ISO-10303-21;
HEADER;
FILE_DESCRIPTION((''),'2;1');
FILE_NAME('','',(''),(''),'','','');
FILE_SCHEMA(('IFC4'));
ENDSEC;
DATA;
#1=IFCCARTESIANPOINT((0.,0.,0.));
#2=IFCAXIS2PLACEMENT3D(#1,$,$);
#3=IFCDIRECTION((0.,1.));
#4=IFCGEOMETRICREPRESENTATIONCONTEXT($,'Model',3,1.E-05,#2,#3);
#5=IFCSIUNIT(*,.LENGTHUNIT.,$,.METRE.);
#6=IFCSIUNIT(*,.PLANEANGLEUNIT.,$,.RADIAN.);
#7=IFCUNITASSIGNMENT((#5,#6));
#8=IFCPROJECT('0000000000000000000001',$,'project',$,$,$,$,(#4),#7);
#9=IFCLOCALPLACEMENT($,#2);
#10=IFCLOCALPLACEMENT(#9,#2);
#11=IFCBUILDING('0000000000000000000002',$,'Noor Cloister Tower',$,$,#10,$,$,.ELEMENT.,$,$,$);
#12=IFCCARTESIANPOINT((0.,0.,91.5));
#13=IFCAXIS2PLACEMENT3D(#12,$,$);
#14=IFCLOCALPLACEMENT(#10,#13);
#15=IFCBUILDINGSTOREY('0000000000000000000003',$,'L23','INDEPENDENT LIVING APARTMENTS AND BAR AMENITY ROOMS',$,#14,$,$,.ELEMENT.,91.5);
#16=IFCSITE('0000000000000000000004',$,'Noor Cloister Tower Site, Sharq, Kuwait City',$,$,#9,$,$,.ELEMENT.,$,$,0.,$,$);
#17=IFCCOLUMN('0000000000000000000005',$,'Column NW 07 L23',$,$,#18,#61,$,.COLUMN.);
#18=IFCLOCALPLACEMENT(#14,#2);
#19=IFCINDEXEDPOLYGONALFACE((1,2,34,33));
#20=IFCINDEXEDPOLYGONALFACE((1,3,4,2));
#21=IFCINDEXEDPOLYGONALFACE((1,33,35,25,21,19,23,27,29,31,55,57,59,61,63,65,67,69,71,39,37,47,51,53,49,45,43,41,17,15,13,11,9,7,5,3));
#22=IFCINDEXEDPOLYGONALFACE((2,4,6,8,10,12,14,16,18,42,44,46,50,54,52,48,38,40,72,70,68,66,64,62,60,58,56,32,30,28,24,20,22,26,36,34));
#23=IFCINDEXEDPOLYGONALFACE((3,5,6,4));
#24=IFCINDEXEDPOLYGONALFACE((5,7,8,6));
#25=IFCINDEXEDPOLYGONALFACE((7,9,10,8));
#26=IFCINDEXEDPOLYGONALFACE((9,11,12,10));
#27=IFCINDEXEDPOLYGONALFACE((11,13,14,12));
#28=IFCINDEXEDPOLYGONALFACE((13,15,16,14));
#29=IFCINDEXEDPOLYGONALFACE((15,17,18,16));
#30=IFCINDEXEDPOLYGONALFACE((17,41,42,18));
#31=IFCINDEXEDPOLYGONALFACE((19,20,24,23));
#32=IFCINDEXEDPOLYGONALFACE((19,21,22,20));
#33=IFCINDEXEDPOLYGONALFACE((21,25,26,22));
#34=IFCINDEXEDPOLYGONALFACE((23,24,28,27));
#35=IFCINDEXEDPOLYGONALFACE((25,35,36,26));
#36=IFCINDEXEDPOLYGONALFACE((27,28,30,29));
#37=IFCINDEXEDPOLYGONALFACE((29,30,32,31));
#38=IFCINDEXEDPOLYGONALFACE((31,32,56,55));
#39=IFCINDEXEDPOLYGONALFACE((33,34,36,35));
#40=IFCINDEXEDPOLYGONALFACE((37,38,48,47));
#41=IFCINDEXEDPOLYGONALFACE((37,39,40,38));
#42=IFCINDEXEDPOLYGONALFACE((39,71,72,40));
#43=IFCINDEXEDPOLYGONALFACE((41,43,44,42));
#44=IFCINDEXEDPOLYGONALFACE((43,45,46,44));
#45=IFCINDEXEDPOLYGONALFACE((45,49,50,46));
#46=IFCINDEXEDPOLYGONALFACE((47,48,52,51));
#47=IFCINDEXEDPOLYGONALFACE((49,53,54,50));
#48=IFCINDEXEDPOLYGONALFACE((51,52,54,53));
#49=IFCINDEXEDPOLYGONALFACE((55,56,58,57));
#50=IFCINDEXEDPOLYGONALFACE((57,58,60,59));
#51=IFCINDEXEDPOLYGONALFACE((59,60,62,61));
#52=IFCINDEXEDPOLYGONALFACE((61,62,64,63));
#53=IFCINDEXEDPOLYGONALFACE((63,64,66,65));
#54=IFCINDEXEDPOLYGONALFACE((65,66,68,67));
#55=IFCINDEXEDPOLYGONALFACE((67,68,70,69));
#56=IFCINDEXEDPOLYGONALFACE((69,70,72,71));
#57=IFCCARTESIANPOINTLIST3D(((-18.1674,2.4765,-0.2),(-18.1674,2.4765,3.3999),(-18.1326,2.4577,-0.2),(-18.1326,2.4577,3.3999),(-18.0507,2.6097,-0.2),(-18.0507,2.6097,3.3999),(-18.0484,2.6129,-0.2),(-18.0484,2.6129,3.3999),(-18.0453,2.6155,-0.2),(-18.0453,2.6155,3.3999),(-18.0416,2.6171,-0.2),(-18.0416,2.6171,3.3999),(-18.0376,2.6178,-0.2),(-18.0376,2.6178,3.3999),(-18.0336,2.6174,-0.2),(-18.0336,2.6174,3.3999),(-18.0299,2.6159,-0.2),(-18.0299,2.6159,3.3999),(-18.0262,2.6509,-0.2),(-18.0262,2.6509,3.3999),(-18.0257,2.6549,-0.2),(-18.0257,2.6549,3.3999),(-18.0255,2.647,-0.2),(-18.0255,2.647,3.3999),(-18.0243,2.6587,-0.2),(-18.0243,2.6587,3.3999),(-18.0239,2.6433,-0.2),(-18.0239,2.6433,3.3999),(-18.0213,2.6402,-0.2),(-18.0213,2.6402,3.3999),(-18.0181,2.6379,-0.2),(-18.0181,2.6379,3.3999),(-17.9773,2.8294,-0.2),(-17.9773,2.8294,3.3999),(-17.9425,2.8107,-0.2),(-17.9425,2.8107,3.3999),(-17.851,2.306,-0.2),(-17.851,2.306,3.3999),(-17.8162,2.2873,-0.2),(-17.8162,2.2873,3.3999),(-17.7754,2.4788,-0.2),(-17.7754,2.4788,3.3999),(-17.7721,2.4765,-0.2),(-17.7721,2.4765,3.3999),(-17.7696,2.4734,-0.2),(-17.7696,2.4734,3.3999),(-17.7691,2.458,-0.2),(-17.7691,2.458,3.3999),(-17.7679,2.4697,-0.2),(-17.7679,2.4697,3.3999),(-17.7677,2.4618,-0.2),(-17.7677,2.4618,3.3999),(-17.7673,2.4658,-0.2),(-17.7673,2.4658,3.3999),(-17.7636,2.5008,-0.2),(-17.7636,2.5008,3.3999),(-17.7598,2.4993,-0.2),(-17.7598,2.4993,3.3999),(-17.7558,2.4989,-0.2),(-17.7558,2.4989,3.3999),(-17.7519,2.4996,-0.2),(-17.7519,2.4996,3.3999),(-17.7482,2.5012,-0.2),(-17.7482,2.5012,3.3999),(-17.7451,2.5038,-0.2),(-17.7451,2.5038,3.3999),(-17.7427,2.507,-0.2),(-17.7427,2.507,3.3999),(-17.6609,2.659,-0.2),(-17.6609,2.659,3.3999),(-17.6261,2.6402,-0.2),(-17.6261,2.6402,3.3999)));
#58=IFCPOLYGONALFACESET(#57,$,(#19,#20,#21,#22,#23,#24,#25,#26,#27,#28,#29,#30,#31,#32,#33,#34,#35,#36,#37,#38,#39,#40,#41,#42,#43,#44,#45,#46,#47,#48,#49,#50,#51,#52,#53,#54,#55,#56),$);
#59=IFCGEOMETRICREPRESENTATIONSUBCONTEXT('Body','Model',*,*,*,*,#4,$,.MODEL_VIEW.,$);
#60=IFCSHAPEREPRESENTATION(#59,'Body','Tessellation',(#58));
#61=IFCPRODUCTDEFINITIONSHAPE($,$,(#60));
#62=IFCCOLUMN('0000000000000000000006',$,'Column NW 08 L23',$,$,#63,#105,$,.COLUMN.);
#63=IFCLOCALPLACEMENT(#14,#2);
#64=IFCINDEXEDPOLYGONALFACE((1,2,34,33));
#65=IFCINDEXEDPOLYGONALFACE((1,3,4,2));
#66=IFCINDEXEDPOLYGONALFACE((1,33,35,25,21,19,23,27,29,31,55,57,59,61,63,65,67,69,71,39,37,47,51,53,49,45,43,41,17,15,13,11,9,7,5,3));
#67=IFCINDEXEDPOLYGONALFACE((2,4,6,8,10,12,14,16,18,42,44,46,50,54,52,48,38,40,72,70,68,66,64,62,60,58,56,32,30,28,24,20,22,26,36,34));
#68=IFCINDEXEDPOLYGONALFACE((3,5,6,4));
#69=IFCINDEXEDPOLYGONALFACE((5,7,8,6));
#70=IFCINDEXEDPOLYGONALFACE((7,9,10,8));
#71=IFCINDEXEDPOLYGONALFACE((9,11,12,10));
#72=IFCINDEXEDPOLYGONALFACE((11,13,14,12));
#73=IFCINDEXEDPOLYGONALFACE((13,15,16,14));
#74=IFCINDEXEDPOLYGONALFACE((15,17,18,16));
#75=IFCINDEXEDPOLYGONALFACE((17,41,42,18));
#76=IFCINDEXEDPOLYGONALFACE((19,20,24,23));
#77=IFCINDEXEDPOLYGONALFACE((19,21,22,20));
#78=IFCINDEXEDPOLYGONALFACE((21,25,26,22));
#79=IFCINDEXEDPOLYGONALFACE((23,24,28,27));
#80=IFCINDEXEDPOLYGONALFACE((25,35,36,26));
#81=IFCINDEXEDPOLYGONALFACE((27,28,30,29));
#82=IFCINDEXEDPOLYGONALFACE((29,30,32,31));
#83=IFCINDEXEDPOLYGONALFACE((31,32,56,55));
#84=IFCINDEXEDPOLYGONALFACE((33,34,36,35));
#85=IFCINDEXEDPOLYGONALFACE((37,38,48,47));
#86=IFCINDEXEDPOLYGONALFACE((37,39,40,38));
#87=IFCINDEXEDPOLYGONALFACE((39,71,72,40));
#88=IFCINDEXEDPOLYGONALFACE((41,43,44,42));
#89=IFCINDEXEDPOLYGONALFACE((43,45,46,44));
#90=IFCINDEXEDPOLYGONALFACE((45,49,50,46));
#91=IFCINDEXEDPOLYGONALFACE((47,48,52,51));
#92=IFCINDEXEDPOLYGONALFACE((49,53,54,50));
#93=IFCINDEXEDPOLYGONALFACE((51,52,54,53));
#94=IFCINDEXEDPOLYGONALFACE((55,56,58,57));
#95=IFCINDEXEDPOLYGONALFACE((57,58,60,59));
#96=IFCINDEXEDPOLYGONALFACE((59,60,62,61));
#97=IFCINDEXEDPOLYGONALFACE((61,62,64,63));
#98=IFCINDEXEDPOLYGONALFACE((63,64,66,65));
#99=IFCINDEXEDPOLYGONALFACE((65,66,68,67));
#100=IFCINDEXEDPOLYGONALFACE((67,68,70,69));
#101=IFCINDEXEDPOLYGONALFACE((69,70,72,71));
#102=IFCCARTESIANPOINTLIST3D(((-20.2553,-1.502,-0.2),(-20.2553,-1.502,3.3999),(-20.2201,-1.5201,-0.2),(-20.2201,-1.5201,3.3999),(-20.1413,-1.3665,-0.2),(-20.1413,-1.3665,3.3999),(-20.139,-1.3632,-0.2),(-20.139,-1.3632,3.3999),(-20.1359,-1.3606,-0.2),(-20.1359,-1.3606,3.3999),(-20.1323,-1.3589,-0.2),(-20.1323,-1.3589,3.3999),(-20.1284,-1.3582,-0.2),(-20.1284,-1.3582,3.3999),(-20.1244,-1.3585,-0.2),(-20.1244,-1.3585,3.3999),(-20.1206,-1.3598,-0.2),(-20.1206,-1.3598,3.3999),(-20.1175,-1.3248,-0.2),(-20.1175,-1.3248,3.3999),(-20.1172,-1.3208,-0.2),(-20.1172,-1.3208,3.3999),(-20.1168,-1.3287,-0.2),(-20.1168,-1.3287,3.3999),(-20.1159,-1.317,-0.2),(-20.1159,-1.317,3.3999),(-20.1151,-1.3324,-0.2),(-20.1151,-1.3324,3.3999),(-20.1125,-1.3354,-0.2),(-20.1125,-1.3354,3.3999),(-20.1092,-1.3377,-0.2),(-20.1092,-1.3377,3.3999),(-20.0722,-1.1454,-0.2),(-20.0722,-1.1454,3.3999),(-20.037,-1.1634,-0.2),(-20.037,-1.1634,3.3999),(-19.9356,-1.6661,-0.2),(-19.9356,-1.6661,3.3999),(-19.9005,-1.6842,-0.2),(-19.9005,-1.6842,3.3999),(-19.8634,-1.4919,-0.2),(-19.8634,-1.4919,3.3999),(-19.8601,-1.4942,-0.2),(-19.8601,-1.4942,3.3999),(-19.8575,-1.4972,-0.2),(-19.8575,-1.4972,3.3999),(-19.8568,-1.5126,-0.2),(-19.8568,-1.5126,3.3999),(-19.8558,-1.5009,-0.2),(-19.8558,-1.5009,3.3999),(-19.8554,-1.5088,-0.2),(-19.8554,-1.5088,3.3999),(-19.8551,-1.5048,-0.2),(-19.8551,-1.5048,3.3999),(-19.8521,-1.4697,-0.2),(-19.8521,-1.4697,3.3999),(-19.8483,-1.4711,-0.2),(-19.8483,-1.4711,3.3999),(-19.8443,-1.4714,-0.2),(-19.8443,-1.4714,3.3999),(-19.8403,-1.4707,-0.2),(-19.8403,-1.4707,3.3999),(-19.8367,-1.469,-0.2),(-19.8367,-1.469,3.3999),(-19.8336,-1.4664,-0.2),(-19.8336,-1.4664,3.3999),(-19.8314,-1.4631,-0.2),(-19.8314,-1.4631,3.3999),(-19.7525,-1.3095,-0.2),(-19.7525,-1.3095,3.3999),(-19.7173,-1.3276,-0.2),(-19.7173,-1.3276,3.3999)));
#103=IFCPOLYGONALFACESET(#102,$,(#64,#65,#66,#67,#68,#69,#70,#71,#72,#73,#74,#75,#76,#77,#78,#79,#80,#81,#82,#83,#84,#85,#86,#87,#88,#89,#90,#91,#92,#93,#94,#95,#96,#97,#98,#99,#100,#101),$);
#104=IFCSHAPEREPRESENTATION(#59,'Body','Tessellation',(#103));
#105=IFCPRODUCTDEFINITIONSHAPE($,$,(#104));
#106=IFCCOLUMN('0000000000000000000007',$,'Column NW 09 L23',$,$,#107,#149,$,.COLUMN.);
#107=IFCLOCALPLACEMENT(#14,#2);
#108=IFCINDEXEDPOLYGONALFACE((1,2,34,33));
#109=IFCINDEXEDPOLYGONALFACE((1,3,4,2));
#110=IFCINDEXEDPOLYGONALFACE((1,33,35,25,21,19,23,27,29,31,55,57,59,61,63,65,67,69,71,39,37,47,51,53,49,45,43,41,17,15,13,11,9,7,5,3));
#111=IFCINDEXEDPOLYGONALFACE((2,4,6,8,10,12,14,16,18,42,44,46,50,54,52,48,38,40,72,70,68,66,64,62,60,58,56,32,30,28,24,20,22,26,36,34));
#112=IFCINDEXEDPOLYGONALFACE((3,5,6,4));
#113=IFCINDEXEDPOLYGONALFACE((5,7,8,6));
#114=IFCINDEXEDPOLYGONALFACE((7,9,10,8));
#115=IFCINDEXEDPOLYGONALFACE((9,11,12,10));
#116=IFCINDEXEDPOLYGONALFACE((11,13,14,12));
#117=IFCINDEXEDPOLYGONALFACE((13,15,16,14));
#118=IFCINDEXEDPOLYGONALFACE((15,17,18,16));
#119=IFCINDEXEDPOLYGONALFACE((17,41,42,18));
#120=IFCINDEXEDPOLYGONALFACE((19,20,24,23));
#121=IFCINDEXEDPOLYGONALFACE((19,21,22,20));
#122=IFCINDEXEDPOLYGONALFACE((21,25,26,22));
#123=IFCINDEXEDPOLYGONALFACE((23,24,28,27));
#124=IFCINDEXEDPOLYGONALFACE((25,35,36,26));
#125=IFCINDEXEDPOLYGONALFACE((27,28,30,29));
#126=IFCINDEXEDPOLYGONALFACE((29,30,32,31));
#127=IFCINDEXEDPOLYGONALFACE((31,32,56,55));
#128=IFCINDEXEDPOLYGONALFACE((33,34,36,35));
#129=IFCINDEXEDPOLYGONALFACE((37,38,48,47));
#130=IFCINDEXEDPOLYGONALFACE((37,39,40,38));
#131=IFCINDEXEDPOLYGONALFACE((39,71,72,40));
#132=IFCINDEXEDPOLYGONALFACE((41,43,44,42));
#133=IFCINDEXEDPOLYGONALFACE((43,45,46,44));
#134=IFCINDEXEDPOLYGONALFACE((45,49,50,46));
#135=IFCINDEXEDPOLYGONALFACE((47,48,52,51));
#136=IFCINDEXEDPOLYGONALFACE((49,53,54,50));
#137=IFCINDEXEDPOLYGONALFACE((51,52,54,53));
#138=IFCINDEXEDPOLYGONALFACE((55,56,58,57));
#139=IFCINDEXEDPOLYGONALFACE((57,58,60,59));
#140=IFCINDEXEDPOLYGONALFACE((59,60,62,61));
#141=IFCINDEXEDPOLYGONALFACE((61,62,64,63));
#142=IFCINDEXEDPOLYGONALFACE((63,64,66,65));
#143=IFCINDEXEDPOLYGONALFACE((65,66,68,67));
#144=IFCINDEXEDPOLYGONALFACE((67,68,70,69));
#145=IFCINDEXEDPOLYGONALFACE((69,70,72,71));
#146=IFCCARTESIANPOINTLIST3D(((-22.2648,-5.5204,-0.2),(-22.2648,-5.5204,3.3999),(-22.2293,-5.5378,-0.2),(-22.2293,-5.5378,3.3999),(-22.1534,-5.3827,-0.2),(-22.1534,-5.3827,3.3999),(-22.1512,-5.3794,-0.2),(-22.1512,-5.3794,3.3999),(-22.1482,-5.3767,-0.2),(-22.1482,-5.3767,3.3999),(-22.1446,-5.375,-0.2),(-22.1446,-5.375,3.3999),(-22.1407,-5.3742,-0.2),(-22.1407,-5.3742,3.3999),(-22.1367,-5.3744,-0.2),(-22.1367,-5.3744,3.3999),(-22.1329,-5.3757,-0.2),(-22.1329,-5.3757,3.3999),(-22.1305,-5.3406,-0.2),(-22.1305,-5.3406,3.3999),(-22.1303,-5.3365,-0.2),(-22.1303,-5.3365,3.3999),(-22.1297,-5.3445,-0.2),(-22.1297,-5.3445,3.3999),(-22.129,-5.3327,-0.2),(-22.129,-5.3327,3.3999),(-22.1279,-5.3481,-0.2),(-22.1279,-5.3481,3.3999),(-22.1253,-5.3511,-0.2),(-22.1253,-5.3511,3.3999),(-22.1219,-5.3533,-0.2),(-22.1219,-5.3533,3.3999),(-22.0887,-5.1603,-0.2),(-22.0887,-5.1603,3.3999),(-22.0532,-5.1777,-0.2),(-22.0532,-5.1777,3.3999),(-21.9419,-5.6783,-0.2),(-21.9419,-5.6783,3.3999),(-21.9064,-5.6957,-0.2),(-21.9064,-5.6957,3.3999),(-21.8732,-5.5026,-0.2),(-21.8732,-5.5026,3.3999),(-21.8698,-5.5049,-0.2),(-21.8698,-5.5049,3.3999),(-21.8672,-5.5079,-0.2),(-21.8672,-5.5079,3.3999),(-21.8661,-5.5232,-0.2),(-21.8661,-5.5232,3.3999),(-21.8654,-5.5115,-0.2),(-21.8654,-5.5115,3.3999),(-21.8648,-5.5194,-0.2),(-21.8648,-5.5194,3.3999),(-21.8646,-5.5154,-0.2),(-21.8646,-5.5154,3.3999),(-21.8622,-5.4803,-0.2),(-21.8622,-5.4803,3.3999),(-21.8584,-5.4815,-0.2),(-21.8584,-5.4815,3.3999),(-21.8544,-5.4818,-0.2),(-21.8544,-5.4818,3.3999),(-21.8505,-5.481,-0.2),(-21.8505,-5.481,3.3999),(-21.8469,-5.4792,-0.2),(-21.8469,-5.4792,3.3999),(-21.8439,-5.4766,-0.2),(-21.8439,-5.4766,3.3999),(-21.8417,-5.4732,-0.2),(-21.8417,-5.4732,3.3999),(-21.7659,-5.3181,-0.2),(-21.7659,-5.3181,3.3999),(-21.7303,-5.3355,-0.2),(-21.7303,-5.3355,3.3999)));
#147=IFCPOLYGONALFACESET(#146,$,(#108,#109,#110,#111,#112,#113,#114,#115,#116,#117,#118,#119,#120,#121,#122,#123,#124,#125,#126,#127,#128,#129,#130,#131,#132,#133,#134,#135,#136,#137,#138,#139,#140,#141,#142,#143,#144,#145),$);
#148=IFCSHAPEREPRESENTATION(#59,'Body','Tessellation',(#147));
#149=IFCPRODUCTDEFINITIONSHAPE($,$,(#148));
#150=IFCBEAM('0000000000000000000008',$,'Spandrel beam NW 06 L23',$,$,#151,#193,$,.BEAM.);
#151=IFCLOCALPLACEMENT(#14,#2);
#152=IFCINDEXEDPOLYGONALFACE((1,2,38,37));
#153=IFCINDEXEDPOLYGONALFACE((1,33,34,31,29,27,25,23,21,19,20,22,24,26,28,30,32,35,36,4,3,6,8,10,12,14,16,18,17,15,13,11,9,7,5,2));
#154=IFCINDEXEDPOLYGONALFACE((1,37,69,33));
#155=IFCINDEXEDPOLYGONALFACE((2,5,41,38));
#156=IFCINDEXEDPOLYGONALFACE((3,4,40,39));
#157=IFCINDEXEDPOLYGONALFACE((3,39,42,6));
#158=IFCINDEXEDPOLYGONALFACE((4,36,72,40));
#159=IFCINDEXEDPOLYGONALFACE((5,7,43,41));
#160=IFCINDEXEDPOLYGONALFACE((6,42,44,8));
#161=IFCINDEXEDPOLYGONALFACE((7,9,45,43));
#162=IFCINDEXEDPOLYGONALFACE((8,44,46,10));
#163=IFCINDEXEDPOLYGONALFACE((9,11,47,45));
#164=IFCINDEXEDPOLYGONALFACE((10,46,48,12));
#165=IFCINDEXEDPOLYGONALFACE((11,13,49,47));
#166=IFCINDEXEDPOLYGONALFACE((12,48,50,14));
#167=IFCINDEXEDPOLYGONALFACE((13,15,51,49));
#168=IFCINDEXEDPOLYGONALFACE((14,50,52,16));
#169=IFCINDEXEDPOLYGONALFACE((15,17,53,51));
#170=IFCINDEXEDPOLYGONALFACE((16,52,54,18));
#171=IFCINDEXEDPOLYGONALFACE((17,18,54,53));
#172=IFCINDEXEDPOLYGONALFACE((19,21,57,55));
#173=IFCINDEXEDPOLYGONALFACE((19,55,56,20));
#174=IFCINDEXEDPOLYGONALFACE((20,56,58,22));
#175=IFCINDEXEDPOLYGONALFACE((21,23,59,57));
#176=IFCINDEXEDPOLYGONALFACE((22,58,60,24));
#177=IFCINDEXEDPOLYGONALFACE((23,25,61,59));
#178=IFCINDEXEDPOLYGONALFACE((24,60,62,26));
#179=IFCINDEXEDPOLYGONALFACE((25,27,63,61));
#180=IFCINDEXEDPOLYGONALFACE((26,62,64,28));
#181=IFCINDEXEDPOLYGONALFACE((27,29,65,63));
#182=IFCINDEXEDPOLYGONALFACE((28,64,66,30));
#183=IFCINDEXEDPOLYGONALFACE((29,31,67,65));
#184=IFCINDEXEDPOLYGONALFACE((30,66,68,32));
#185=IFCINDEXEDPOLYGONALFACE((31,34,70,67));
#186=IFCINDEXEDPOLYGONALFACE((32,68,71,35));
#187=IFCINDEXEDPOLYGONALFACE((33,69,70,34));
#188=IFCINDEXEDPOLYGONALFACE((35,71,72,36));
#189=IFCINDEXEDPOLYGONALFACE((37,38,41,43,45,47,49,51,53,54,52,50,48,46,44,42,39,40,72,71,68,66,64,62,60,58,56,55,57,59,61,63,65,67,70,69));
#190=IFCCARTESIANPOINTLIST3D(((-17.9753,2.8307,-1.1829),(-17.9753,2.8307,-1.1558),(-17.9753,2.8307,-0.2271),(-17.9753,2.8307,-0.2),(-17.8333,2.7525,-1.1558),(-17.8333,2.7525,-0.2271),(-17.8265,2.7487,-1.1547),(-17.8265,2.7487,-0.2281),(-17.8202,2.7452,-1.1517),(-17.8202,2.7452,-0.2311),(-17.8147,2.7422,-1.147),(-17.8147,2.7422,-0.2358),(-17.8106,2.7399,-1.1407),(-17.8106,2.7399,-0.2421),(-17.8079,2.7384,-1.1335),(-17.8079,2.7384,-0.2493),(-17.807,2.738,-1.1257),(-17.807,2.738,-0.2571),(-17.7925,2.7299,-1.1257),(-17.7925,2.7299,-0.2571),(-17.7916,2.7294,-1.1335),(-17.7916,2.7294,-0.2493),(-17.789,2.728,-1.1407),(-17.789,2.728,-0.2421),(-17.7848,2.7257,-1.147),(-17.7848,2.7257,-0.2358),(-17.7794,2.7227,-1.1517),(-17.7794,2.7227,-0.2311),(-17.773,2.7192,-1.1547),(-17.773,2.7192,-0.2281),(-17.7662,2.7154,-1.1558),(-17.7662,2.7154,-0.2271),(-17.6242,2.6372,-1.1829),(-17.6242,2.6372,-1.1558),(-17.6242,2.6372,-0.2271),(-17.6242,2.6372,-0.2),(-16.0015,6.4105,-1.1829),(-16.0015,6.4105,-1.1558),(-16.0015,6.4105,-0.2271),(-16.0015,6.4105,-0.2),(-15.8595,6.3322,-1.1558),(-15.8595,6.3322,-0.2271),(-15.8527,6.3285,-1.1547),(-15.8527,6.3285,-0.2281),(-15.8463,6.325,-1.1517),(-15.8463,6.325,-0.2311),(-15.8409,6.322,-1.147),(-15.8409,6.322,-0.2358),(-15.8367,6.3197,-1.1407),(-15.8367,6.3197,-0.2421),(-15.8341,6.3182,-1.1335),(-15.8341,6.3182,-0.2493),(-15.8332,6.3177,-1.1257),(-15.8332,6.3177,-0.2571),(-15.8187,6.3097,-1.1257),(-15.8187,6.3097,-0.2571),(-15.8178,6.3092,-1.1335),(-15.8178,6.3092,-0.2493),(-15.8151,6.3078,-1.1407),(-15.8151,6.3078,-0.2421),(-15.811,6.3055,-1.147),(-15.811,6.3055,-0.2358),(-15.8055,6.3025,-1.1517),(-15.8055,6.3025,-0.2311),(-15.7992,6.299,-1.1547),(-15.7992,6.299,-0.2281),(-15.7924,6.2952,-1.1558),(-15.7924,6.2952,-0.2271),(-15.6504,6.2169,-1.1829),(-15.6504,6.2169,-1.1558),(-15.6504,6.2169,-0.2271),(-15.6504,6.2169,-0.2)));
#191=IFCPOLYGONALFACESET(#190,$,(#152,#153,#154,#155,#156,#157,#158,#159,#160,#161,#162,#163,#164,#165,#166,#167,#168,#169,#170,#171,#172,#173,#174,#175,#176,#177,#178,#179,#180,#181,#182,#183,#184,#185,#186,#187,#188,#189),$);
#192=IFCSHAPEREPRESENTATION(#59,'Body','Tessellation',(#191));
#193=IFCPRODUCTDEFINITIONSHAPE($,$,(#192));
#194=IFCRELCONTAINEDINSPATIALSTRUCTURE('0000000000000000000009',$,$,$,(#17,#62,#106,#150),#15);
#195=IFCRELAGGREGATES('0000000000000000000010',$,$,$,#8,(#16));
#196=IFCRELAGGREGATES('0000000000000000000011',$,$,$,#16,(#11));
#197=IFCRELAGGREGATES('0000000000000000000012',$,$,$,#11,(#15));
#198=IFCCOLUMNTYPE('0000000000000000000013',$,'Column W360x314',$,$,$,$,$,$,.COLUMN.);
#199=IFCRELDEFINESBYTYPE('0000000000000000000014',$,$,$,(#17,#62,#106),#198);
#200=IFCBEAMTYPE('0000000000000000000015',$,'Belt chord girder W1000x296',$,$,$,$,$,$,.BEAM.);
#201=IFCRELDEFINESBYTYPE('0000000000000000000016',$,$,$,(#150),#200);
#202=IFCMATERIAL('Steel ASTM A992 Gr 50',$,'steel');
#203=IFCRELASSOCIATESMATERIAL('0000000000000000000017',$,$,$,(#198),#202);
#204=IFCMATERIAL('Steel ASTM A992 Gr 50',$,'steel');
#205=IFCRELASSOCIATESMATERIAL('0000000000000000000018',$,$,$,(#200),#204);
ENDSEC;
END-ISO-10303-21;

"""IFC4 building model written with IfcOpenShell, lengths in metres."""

from ifc_helpers import new_model, si_unit, direction, frame, origin, origin_2d, place, context, subcontext, project, spatial, i_section, extrude, material, material_profile, profile_set, type_object, element, save


model = new_model("IFC4")

# Units and contexts
model_context = context("Model", 3, precision=1e-05, world=origin(), true_north=direction((0.0, 1.0)))
body_context = subcontext(model_context, "Body", "Model", "MODEL_VIEW")
ifc_project = project(units=[si_unit("LENGTHUNIT", "METRE"), si_unit("PLANEANGLEUNIT", "RADIAN")], contexts=[model_context])

# Site, building, storey
site_placement = place(None, origin())
site = spatial("IfcSite", under=ifc_project, at=site_placement, Name="Noor Cloister Tower Site, Sharq, Kuwait City", CompositionType="ELEMENT", RefElevation=0.0)
building_placement = place(site_placement, origin())
building = spatial("IfcBuilding", under=site, at=building_placement, Name="Noor Cloister Tower", CompositionType="ELEMENT")
storey_placement = place(building_placement, frame((0.0, 0.0, 91.5)))
storey = spatial("IfcBuildingStorey", under=building, at=storey_placement, Name="L23", Description="INDEPENDENT LIVING APARTMENTS AND BAR AMENITY ROOMS", CompositionType="ELEMENT", Elevation=91.5)

# Columns
ifc_material_1 = material(Name="Steel ASTM A992 Gr 50", Category="steel")
ifc_material_profile_1 = material_profile(ifc_material_1, i_section(OverallWidth=0.4009, OverallDepth=0.3989, WebThickness=0.0249, FlangeThickness=0.0396, FilletRadius=0.0154, at=origin_2d()), Name="W360x314")
ifc_profile_set_1 = profile_set([ifc_material_profile_1], Name="Steel ASTM A992 Gr 50")
column_type = type_object("IfcColumnType", Name="Column W360x314", PredefinedType="COLUMN", material=ifc_profile_set_1)
for number, where, z_axis, x_axis, name in (
    (1, (-17.8967, 2.5583, -0.2), (0.0, 0.0, 1.0), (-0.474216, -0.880408, 0.0), "Column NW 07 L23"),
    (2, (-19.9863, -1.4148, -0.2), (0.0, 0.0, 1.0), (-0.456796, -0.889571, 0.0), "Column NW 08 L23"),
    (3, (-21.9976, -5.428, -0.2), (0.0, 0.0, 1.0), (-0.439199, -0.89839, 0.0), "Column NW 09 L23"),
):
    element("IfcColumn", number, at=place(storey_placement, frame(where, z_axis=z_axis, x_axis=x_axis)), inside=storey, type_object=column_type, Name=name, PredefinedType="COLUMN", context=body_context, shape_type="SweptSolid", body=[
        extrude(i_section(OverallWidth=0.4009, OverallDepth=0.3989, WebThickness=0.0249, FlangeThickness=0.0396, FilletRadius=0.0154, at=origin_2d()), origin(), (0.0, 0.0, 1.0), 3.5999),
    ])

# Beam
ifc_material_2 = material(Name="Steel ASTM A992 Gr 50", Category="steel")
ifc_material_profile_2 = material_profile(ifc_material_2, i_section(OverallWidth=0.4009, OverallDepth=0.9829, WebThickness=0.0166, FlangeThickness=0.0271, FilletRadius=0.03, at=origin_2d()), Name="W1000x296")
ifc_profile_set_2 = profile_set([ifc_material_profile_2], Name="Steel ASTM A992 Gr 50")
beam_type_1 = type_object("IfcBeamType", Name="Belt chord girder W1000x296", PredefinedType="BEAM", material=ifc_profile_set_2)
beam_1_placement = place(storey_placement, frame((-15.8259, 6.3137, -0.6914), z_axis=(-0.482852, -0.875702, 0.0), x_axis=(0.875702, -0.482852, 0.0)))
element("IfcBeam", 4, at=beam_1_placement, inside=storey, type_object=beam_type_1, Name="Spandrel beam NW 06 L23", PredefinedType="BEAM", context=body_context, shape_type="SweptSolid", body=[
    extrude(i_section(OverallWidth=0.4009, OverallDepth=0.9829, WebThickness=0.0166, FlangeThickness=0.0271, FilletRadius=0.03, at=origin_2d()), origin(), (0.0, 0.0, 1.0), 4.0879),
])

save(model, "model.ifc")
